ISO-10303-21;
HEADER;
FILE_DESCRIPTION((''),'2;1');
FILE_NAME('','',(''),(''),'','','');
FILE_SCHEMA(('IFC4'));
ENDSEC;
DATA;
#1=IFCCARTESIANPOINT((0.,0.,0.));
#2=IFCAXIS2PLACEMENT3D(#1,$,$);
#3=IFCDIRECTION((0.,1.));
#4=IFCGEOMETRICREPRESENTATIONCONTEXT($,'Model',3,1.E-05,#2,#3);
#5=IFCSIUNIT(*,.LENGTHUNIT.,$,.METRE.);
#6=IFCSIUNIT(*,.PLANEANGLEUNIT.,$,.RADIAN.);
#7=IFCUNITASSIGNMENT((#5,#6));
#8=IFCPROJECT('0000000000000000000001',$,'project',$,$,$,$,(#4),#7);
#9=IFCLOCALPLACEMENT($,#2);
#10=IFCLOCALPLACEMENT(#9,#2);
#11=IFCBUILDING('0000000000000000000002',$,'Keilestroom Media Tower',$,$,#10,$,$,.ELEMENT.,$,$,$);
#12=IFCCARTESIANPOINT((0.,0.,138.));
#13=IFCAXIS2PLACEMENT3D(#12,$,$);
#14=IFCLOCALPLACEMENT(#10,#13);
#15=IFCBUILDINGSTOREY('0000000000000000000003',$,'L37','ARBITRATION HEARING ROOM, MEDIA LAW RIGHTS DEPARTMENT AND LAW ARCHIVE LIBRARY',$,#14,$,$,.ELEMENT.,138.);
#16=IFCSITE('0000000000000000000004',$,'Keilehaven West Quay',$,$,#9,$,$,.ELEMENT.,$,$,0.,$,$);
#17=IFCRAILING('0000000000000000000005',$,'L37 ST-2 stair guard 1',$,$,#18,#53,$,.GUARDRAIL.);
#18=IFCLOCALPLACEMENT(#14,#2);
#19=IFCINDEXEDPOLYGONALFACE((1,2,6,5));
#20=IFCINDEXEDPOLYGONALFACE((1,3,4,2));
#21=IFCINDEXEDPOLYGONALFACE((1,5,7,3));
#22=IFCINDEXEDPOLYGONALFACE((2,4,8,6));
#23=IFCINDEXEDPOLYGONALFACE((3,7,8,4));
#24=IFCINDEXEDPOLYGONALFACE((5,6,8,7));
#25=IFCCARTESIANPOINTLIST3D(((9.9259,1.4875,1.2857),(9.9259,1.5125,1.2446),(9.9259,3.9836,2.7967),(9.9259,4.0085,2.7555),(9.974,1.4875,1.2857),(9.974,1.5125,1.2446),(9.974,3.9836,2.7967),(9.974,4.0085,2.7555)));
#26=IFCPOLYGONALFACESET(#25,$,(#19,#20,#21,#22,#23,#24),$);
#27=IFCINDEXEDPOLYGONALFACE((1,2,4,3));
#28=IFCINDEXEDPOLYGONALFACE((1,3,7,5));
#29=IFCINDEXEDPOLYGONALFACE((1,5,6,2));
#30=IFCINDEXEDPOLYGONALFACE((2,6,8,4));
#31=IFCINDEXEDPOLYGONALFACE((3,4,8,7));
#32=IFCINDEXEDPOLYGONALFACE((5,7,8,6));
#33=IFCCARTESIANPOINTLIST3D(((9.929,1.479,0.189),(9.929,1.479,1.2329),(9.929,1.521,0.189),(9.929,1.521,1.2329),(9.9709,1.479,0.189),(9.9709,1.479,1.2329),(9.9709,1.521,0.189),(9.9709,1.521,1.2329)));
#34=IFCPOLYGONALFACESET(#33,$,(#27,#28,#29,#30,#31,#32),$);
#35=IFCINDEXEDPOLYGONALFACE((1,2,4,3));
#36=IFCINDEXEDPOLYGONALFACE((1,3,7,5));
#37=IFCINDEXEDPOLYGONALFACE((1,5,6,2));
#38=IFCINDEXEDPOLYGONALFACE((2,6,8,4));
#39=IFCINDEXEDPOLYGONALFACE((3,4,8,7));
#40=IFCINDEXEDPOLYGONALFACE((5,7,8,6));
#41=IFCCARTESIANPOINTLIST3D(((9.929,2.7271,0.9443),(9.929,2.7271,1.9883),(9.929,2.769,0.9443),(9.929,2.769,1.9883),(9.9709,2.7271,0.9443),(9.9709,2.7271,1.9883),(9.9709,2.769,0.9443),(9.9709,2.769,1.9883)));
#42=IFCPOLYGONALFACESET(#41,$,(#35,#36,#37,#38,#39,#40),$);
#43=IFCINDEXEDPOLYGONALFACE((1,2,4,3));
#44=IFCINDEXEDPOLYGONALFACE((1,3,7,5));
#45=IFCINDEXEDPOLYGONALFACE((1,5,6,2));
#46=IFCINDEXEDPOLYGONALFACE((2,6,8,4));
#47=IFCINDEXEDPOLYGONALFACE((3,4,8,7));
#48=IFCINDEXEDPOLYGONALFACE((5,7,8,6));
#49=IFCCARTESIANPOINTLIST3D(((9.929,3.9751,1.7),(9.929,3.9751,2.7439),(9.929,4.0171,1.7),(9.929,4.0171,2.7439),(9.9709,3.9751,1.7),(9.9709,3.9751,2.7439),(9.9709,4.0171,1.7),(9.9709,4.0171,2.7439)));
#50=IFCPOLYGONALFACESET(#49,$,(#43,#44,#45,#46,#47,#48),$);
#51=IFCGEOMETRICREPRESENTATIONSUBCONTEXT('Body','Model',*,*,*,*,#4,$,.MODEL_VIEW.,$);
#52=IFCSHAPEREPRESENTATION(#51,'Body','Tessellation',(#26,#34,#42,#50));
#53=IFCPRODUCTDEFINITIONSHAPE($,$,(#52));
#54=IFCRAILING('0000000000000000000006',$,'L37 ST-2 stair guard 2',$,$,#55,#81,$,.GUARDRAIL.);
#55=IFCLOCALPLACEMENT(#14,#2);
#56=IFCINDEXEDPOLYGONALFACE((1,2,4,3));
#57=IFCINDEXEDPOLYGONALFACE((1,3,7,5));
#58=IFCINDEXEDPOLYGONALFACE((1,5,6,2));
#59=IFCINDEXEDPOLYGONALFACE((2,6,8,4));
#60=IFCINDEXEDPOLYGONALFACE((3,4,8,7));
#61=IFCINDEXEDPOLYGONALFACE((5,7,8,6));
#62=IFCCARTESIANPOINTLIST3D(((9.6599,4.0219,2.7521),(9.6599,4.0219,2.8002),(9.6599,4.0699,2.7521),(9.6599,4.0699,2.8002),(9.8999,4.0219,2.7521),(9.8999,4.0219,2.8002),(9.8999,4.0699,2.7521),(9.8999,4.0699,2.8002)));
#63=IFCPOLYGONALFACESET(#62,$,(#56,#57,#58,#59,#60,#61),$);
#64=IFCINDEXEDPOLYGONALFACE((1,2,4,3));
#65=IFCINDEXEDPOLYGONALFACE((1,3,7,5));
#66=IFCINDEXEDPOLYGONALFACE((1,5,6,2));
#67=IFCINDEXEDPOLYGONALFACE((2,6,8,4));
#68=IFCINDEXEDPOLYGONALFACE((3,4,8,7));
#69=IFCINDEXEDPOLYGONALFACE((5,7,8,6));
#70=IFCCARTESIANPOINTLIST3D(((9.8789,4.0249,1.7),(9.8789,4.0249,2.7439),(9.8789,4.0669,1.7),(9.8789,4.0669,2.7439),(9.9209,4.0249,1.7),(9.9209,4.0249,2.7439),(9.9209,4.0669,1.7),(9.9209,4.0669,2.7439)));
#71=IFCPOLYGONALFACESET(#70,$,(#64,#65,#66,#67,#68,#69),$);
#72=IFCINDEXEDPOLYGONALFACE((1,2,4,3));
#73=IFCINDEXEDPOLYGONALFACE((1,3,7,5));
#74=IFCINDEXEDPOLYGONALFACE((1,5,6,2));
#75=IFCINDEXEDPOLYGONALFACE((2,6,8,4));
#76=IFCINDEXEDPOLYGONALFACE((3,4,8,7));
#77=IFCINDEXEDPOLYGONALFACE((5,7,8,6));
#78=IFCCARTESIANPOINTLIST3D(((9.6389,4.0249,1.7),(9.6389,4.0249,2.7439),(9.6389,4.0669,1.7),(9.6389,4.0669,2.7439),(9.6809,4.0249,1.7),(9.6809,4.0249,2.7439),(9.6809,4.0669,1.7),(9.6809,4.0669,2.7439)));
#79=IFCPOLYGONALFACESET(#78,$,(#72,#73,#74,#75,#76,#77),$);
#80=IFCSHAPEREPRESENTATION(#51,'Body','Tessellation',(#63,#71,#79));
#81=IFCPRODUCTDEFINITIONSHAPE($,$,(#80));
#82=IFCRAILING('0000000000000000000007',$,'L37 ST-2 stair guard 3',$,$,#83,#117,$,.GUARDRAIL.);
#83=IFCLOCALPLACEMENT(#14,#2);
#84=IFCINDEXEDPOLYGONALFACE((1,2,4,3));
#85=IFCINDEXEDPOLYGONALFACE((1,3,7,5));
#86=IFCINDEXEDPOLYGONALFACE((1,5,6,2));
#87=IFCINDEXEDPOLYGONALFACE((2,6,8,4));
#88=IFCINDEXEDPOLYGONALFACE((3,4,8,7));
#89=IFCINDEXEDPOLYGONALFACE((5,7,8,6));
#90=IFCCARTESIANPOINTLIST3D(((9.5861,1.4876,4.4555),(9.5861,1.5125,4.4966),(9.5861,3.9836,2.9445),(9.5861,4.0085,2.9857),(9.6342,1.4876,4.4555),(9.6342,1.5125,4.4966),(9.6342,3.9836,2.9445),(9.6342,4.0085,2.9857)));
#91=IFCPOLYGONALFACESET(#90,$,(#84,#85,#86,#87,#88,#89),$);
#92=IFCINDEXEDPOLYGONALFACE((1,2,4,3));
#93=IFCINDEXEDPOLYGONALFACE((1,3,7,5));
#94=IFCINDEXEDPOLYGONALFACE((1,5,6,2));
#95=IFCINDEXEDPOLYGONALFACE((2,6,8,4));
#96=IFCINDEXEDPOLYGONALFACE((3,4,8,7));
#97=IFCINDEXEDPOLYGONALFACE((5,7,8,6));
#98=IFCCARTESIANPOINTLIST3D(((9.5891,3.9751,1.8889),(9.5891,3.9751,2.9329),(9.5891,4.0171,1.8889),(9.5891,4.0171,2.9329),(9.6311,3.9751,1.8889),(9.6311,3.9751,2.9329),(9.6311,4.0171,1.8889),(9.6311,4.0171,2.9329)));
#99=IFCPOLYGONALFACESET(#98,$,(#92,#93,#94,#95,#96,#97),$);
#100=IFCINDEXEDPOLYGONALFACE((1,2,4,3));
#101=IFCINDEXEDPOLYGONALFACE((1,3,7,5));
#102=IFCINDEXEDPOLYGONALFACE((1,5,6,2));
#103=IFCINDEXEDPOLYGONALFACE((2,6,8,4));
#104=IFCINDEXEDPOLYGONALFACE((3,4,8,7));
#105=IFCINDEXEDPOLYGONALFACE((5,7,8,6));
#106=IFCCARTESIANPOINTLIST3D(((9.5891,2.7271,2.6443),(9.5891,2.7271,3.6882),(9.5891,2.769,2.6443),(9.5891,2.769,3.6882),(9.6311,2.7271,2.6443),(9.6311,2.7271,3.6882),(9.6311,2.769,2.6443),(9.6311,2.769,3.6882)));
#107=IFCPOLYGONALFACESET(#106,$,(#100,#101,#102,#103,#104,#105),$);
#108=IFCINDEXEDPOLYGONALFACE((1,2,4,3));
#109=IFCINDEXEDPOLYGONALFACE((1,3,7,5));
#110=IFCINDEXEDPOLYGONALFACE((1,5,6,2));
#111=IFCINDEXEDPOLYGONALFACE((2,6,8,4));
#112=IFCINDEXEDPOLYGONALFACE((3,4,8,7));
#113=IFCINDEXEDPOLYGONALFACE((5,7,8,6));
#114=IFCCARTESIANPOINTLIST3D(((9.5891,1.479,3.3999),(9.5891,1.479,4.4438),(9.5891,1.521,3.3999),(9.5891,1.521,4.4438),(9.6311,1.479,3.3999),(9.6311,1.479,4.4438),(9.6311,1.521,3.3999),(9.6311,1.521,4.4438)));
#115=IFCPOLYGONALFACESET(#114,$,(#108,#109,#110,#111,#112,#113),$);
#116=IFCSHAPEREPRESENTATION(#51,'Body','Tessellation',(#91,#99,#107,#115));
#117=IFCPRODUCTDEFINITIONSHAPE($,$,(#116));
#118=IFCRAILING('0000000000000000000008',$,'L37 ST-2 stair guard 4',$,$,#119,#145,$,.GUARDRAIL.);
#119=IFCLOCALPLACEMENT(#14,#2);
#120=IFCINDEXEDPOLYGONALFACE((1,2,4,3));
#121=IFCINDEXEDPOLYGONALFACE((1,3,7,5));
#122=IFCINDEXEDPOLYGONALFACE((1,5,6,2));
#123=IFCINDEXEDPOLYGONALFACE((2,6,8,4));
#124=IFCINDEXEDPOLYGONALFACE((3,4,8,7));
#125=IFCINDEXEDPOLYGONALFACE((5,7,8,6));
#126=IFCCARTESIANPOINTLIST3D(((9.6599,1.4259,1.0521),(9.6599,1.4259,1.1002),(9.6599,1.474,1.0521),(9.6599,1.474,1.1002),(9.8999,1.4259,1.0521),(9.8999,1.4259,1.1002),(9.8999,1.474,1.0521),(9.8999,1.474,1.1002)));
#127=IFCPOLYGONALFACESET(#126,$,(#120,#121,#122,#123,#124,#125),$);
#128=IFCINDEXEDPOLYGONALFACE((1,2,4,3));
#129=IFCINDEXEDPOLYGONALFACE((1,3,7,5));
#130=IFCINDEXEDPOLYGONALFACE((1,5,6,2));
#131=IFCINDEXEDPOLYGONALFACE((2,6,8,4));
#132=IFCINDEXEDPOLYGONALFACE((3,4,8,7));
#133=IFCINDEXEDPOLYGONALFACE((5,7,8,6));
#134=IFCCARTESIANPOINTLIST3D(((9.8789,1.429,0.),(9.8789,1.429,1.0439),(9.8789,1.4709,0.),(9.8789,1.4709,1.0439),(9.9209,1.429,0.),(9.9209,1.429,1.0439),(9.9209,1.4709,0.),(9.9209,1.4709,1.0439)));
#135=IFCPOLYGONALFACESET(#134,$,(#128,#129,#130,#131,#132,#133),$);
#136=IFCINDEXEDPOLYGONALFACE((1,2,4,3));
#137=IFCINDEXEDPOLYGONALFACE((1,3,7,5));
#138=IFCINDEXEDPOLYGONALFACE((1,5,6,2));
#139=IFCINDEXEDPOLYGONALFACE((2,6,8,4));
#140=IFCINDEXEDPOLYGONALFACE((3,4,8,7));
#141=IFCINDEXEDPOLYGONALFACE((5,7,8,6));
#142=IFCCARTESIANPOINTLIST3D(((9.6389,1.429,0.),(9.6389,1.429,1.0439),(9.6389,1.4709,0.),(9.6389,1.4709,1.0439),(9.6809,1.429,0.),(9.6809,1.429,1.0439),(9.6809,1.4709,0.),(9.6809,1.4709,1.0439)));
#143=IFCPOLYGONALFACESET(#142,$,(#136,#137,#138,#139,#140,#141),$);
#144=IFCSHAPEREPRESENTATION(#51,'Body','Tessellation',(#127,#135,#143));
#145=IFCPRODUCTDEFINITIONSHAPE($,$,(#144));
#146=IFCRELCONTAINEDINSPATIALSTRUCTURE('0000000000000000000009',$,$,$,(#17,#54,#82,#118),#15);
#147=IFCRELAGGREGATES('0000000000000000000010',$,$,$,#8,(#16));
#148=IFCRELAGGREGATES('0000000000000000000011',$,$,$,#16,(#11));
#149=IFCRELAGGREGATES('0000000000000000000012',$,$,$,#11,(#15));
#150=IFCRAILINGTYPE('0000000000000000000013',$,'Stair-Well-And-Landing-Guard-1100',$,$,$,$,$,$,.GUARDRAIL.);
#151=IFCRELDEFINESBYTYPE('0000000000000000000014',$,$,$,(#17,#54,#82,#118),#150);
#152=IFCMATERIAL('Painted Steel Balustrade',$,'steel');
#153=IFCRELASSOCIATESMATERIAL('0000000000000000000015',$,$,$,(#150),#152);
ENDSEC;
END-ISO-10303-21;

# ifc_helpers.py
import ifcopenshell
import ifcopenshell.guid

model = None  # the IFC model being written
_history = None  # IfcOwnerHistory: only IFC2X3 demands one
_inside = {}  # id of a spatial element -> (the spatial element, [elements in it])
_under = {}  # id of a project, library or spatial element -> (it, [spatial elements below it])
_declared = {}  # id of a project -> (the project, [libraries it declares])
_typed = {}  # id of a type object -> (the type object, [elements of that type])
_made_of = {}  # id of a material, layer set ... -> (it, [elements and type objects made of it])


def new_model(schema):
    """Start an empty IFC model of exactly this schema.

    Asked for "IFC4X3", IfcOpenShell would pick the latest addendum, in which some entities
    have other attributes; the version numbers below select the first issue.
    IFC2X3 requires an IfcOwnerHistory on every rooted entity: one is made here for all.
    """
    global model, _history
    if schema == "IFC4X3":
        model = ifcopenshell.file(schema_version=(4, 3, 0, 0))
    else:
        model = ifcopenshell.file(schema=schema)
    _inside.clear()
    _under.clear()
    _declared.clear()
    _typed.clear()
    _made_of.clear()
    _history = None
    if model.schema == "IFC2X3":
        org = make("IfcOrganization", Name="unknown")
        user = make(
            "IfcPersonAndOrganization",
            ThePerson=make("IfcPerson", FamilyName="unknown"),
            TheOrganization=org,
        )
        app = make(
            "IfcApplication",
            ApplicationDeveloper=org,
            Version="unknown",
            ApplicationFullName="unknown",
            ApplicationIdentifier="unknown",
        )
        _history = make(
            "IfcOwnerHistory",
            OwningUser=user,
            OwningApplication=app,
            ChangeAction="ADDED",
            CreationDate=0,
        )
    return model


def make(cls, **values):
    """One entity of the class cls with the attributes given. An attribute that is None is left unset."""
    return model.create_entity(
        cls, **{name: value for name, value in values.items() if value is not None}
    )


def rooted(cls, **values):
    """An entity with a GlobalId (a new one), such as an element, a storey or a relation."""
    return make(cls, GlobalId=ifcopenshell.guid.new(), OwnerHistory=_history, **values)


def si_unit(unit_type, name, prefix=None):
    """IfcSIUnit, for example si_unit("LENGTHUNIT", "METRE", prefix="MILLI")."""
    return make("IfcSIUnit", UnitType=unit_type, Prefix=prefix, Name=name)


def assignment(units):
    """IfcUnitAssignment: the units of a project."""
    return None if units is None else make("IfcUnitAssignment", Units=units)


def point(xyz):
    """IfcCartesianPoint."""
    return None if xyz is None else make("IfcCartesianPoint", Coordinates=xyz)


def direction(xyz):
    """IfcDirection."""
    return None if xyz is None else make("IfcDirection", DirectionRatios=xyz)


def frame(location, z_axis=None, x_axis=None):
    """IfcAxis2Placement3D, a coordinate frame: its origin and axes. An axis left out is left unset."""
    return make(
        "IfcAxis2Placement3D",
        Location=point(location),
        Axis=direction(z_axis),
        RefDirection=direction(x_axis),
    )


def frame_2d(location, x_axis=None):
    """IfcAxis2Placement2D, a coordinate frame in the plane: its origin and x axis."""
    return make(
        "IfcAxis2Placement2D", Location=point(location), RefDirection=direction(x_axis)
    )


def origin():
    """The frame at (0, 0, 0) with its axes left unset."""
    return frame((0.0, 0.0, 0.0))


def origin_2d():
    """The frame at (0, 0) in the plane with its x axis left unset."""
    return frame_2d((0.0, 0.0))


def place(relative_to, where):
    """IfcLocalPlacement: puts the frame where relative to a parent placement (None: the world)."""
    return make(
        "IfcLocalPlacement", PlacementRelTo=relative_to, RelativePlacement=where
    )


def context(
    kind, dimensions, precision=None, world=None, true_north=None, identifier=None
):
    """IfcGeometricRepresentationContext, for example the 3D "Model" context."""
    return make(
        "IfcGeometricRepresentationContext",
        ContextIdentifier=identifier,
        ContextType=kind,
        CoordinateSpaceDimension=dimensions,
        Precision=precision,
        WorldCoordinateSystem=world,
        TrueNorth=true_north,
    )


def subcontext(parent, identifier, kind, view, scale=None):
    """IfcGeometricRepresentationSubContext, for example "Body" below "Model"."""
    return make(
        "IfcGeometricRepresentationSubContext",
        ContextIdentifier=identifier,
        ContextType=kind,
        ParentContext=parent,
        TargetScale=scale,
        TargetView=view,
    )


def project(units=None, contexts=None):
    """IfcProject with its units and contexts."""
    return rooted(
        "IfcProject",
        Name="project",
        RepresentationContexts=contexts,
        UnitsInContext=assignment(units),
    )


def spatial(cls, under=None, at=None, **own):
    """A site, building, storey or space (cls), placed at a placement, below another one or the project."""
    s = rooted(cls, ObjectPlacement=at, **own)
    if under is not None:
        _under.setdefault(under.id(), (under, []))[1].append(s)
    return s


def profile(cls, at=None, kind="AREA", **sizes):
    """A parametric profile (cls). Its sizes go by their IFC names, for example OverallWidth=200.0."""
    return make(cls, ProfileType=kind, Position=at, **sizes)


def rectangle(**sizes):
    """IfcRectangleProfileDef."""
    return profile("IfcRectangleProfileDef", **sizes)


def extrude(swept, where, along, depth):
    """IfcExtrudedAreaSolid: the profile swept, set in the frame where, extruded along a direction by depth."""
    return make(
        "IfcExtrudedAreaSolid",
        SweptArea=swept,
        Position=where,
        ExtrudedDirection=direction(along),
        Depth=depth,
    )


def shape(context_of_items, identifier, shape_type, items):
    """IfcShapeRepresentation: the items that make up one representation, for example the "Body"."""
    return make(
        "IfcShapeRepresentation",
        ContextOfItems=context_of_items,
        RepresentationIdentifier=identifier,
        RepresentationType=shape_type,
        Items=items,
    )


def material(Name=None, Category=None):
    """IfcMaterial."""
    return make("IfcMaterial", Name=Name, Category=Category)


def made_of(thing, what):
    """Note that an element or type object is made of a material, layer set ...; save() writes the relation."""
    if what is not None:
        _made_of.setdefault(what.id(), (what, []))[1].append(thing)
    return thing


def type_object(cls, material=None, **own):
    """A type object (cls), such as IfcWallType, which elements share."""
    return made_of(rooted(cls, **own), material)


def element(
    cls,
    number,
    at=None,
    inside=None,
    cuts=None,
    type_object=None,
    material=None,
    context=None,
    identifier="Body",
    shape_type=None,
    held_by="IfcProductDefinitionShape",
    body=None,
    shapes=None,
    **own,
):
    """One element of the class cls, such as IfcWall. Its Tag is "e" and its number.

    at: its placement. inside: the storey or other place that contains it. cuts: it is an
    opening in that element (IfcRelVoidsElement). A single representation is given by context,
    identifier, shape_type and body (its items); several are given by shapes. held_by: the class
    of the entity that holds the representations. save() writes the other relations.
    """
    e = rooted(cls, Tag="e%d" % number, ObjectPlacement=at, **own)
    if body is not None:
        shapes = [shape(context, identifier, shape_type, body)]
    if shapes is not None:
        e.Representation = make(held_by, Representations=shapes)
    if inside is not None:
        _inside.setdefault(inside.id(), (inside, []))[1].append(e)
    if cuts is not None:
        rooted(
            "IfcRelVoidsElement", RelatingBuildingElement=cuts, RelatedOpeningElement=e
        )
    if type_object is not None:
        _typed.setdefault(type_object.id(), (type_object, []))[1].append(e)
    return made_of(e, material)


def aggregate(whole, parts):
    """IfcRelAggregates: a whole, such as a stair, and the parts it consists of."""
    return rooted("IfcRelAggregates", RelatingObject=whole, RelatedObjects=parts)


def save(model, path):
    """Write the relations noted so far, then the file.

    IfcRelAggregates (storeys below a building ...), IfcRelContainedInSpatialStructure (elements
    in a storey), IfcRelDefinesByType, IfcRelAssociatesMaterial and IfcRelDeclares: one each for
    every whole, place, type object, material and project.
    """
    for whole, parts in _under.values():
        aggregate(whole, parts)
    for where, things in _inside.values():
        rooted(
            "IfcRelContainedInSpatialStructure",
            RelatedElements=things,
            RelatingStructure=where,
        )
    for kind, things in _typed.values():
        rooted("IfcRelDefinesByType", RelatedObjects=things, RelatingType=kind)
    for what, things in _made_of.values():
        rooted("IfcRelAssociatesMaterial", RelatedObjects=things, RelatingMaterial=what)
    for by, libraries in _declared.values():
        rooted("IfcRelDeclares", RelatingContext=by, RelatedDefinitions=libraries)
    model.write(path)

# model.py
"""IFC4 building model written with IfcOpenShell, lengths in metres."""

from ifc_helpers import new_model, si_unit, direction, frame, origin, origin_2d, place, context, subcontext, project, spatial, rectangle, extrude, material, type_object, element, save


model = new_model("IFC4")

# Units and contexts
model_context = context("Model", 3, precision=1e-05, world=origin(), true_north=direction((0.0, 1.0)))
body_context = subcontext(model_context, "Body", "Model", "MODEL_VIEW")
ifc_project = project(units=[si_unit("LENGTHUNIT", "METRE"), si_unit("PLANEANGLEUNIT", "RADIAN")], contexts=[model_context])

# Site, building, storey
site_placement = place(None, origin())
site = spatial("IfcSite", under=ifc_project, at=site_placement, Name="Keilehaven West Quay", CompositionType="ELEMENT", RefElevation=0.0)
building_placement = place(site_placement, origin())
building = spatial("IfcBuilding", under=site, at=building_placement, Name="Keilestroom Media Tower", CompositionType="ELEMENT")
storey_placement = place(building_placement, frame((0.0, 0.0, 138.0)))
storey = spatial("IfcBuildingStorey", under=building, at=storey_placement, Name="L37", Description="ARBITRATION HEARING ROOM, MEDIA LAW RIGHTS DEPARTMENT AND LAW ARCHIVE LIBRARY", CompositionType="ELEMENT", Elevation=138.0)

# Railings
ifc_material_1 = material(Name="Painted Steel Balustrade", Category="steel")
railing_type_1 = type_object("IfcRailingType", Name="Stair-Well-And-Landing-Guard-1100", PredefinedType="GUARDRAIL", material=ifc_material_1)
railing_1_placement = place(storey_placement, frame((9.95, 1.5, 0.189)))
element("IfcRailing", 1, at=railing_1_placement, inside=storey, type_object=railing_type_1, Name="L37 ST-2 stair guard 1", PredefinedType="GUARDRAIL", context=body_context, shape_type="SweptSolid", body=[
    extrude(rectangle(XDim=0.0481, YDim=0.0481, at=origin_2d()), frame((0.0, 0.0, 1.0762), z_axis=(0.0, 0.855471, 0.517851), x_axis=(-1.0, 0.0, 0.0)), (0.0, 0.0, 1.0), 2.9177),
    extrude(rectangle(XDim=0.042, YDim=0.042, at=origin_2d()), origin(), (0.0, 0.0, 1.0), 1.0439),
    extrude(rectangle(XDim=0.042, YDim=0.042, at=origin_2d()), frame((0.0, 1.248, 0.7554)), (0.0, 0.0, 1.0), 1.0439),
    extrude(rectangle(XDim=0.042, YDim=0.042, at=origin_2d()), frame((0.0, 2.4961, 1.511)), (0.0, 0.0, 1.0), 1.0439),
])
railing_2_placement = place(storey_placement, frame((9.8999, 4.0459, 1.7)))
element("IfcRailing", 2, at=railing_2_placement, inside=storey, type_object=railing_type_1, Name="L37 ST-2 stair guard 2", PredefinedType="GUARDRAIL", context=body_context, shape_type="SweptSolid", body=[
    extrude(rectangle(XDim=0.0481, YDim=0.0481, at=origin_2d()), frame((0.0, 0.0, 1.0762), z_axis=(-1.0, 0.0, 0.0), x_axis=(0.0, -1.0, 0.0)), (0.0, 0.0, 1.0), 0.24),
    extrude(rectangle(XDim=0.042, YDim=0.042, at=origin_2d()), origin(), (0.0, 0.0, 1.0), 1.0439),
    extrude(rectangle(XDim=0.042, YDim=0.042, at=origin_2d()), frame((-0.24, 0.0, 0.0)), (0.0, 0.0, 1.0), 1.0439),
])
railing_3_placement = place(storey_placement, frame((9.6101, 3.9961, 1.8889)))
element("IfcRailing", 3, at=railing_3_placement, inside=storey, type_object=railing_type_1, Name="L37 ST-2 stair guard 3", PredefinedType="GUARDRAIL", context=body_context, shape_type="SweptSolid", body=[
    extrude(rectangle(XDim=0.0481, YDim=0.0481, at=origin_2d()), frame((0.0, 0.0, 1.0762), z_axis=(0.0, -0.855471, 0.517851), x_axis=(1.0, 0.0, 0.0)), (0.0, 0.0, 1.0), 2.9177),
    extrude(rectangle(XDim=0.042, YDim=0.042, at=origin_2d()), origin(), (0.0, 0.0, 1.0), 1.0439),
    extrude(rectangle(XDim=0.042, YDim=0.042, at=origin_2d()), frame((0.0, -1.248, 0.7554)), (0.0, 0.0, 1.0), 1.0439),
    extrude(rectangle(XDim=0.042, YDim=0.042, at=origin_2d()), frame((0.0, -2.4961, 1.511)), (0.0, 0.0, 1.0), 1.0439),
])
railing_4_placement = place(storey_placement, frame((9.8999, 1.45, 0.0)))
element("IfcRailing", 4, at=railing_4_placement, inside=storey, type_object=railing_type_1, Name="L37 ST-2 stair guard 4", PredefinedType="GUARDRAIL", context=body_context, shape_type="SweptSolid", body=[
    extrude(rectangle(XDim=0.0481, YDim=0.0481, at=origin_2d()), frame((0.0, 0.0, 1.0762), z_axis=(-1.0, 0.0, 0.0), x_axis=(0.0, -1.0, 0.0)), (0.0, 0.0, 1.0), 0.24),
    extrude(rectangle(XDim=0.042, YDim=0.042, at=origin_2d()), origin(), (0.0, 0.0, 1.0), 1.0439),
    extrude(rectangle(XDim=0.042, YDim=0.042, at=origin_2d()), frame((-0.24, 0.0, 0.0)), (0.0, 0.0, 1.0), 1.0439),
])

save(model, "model.ifc")
